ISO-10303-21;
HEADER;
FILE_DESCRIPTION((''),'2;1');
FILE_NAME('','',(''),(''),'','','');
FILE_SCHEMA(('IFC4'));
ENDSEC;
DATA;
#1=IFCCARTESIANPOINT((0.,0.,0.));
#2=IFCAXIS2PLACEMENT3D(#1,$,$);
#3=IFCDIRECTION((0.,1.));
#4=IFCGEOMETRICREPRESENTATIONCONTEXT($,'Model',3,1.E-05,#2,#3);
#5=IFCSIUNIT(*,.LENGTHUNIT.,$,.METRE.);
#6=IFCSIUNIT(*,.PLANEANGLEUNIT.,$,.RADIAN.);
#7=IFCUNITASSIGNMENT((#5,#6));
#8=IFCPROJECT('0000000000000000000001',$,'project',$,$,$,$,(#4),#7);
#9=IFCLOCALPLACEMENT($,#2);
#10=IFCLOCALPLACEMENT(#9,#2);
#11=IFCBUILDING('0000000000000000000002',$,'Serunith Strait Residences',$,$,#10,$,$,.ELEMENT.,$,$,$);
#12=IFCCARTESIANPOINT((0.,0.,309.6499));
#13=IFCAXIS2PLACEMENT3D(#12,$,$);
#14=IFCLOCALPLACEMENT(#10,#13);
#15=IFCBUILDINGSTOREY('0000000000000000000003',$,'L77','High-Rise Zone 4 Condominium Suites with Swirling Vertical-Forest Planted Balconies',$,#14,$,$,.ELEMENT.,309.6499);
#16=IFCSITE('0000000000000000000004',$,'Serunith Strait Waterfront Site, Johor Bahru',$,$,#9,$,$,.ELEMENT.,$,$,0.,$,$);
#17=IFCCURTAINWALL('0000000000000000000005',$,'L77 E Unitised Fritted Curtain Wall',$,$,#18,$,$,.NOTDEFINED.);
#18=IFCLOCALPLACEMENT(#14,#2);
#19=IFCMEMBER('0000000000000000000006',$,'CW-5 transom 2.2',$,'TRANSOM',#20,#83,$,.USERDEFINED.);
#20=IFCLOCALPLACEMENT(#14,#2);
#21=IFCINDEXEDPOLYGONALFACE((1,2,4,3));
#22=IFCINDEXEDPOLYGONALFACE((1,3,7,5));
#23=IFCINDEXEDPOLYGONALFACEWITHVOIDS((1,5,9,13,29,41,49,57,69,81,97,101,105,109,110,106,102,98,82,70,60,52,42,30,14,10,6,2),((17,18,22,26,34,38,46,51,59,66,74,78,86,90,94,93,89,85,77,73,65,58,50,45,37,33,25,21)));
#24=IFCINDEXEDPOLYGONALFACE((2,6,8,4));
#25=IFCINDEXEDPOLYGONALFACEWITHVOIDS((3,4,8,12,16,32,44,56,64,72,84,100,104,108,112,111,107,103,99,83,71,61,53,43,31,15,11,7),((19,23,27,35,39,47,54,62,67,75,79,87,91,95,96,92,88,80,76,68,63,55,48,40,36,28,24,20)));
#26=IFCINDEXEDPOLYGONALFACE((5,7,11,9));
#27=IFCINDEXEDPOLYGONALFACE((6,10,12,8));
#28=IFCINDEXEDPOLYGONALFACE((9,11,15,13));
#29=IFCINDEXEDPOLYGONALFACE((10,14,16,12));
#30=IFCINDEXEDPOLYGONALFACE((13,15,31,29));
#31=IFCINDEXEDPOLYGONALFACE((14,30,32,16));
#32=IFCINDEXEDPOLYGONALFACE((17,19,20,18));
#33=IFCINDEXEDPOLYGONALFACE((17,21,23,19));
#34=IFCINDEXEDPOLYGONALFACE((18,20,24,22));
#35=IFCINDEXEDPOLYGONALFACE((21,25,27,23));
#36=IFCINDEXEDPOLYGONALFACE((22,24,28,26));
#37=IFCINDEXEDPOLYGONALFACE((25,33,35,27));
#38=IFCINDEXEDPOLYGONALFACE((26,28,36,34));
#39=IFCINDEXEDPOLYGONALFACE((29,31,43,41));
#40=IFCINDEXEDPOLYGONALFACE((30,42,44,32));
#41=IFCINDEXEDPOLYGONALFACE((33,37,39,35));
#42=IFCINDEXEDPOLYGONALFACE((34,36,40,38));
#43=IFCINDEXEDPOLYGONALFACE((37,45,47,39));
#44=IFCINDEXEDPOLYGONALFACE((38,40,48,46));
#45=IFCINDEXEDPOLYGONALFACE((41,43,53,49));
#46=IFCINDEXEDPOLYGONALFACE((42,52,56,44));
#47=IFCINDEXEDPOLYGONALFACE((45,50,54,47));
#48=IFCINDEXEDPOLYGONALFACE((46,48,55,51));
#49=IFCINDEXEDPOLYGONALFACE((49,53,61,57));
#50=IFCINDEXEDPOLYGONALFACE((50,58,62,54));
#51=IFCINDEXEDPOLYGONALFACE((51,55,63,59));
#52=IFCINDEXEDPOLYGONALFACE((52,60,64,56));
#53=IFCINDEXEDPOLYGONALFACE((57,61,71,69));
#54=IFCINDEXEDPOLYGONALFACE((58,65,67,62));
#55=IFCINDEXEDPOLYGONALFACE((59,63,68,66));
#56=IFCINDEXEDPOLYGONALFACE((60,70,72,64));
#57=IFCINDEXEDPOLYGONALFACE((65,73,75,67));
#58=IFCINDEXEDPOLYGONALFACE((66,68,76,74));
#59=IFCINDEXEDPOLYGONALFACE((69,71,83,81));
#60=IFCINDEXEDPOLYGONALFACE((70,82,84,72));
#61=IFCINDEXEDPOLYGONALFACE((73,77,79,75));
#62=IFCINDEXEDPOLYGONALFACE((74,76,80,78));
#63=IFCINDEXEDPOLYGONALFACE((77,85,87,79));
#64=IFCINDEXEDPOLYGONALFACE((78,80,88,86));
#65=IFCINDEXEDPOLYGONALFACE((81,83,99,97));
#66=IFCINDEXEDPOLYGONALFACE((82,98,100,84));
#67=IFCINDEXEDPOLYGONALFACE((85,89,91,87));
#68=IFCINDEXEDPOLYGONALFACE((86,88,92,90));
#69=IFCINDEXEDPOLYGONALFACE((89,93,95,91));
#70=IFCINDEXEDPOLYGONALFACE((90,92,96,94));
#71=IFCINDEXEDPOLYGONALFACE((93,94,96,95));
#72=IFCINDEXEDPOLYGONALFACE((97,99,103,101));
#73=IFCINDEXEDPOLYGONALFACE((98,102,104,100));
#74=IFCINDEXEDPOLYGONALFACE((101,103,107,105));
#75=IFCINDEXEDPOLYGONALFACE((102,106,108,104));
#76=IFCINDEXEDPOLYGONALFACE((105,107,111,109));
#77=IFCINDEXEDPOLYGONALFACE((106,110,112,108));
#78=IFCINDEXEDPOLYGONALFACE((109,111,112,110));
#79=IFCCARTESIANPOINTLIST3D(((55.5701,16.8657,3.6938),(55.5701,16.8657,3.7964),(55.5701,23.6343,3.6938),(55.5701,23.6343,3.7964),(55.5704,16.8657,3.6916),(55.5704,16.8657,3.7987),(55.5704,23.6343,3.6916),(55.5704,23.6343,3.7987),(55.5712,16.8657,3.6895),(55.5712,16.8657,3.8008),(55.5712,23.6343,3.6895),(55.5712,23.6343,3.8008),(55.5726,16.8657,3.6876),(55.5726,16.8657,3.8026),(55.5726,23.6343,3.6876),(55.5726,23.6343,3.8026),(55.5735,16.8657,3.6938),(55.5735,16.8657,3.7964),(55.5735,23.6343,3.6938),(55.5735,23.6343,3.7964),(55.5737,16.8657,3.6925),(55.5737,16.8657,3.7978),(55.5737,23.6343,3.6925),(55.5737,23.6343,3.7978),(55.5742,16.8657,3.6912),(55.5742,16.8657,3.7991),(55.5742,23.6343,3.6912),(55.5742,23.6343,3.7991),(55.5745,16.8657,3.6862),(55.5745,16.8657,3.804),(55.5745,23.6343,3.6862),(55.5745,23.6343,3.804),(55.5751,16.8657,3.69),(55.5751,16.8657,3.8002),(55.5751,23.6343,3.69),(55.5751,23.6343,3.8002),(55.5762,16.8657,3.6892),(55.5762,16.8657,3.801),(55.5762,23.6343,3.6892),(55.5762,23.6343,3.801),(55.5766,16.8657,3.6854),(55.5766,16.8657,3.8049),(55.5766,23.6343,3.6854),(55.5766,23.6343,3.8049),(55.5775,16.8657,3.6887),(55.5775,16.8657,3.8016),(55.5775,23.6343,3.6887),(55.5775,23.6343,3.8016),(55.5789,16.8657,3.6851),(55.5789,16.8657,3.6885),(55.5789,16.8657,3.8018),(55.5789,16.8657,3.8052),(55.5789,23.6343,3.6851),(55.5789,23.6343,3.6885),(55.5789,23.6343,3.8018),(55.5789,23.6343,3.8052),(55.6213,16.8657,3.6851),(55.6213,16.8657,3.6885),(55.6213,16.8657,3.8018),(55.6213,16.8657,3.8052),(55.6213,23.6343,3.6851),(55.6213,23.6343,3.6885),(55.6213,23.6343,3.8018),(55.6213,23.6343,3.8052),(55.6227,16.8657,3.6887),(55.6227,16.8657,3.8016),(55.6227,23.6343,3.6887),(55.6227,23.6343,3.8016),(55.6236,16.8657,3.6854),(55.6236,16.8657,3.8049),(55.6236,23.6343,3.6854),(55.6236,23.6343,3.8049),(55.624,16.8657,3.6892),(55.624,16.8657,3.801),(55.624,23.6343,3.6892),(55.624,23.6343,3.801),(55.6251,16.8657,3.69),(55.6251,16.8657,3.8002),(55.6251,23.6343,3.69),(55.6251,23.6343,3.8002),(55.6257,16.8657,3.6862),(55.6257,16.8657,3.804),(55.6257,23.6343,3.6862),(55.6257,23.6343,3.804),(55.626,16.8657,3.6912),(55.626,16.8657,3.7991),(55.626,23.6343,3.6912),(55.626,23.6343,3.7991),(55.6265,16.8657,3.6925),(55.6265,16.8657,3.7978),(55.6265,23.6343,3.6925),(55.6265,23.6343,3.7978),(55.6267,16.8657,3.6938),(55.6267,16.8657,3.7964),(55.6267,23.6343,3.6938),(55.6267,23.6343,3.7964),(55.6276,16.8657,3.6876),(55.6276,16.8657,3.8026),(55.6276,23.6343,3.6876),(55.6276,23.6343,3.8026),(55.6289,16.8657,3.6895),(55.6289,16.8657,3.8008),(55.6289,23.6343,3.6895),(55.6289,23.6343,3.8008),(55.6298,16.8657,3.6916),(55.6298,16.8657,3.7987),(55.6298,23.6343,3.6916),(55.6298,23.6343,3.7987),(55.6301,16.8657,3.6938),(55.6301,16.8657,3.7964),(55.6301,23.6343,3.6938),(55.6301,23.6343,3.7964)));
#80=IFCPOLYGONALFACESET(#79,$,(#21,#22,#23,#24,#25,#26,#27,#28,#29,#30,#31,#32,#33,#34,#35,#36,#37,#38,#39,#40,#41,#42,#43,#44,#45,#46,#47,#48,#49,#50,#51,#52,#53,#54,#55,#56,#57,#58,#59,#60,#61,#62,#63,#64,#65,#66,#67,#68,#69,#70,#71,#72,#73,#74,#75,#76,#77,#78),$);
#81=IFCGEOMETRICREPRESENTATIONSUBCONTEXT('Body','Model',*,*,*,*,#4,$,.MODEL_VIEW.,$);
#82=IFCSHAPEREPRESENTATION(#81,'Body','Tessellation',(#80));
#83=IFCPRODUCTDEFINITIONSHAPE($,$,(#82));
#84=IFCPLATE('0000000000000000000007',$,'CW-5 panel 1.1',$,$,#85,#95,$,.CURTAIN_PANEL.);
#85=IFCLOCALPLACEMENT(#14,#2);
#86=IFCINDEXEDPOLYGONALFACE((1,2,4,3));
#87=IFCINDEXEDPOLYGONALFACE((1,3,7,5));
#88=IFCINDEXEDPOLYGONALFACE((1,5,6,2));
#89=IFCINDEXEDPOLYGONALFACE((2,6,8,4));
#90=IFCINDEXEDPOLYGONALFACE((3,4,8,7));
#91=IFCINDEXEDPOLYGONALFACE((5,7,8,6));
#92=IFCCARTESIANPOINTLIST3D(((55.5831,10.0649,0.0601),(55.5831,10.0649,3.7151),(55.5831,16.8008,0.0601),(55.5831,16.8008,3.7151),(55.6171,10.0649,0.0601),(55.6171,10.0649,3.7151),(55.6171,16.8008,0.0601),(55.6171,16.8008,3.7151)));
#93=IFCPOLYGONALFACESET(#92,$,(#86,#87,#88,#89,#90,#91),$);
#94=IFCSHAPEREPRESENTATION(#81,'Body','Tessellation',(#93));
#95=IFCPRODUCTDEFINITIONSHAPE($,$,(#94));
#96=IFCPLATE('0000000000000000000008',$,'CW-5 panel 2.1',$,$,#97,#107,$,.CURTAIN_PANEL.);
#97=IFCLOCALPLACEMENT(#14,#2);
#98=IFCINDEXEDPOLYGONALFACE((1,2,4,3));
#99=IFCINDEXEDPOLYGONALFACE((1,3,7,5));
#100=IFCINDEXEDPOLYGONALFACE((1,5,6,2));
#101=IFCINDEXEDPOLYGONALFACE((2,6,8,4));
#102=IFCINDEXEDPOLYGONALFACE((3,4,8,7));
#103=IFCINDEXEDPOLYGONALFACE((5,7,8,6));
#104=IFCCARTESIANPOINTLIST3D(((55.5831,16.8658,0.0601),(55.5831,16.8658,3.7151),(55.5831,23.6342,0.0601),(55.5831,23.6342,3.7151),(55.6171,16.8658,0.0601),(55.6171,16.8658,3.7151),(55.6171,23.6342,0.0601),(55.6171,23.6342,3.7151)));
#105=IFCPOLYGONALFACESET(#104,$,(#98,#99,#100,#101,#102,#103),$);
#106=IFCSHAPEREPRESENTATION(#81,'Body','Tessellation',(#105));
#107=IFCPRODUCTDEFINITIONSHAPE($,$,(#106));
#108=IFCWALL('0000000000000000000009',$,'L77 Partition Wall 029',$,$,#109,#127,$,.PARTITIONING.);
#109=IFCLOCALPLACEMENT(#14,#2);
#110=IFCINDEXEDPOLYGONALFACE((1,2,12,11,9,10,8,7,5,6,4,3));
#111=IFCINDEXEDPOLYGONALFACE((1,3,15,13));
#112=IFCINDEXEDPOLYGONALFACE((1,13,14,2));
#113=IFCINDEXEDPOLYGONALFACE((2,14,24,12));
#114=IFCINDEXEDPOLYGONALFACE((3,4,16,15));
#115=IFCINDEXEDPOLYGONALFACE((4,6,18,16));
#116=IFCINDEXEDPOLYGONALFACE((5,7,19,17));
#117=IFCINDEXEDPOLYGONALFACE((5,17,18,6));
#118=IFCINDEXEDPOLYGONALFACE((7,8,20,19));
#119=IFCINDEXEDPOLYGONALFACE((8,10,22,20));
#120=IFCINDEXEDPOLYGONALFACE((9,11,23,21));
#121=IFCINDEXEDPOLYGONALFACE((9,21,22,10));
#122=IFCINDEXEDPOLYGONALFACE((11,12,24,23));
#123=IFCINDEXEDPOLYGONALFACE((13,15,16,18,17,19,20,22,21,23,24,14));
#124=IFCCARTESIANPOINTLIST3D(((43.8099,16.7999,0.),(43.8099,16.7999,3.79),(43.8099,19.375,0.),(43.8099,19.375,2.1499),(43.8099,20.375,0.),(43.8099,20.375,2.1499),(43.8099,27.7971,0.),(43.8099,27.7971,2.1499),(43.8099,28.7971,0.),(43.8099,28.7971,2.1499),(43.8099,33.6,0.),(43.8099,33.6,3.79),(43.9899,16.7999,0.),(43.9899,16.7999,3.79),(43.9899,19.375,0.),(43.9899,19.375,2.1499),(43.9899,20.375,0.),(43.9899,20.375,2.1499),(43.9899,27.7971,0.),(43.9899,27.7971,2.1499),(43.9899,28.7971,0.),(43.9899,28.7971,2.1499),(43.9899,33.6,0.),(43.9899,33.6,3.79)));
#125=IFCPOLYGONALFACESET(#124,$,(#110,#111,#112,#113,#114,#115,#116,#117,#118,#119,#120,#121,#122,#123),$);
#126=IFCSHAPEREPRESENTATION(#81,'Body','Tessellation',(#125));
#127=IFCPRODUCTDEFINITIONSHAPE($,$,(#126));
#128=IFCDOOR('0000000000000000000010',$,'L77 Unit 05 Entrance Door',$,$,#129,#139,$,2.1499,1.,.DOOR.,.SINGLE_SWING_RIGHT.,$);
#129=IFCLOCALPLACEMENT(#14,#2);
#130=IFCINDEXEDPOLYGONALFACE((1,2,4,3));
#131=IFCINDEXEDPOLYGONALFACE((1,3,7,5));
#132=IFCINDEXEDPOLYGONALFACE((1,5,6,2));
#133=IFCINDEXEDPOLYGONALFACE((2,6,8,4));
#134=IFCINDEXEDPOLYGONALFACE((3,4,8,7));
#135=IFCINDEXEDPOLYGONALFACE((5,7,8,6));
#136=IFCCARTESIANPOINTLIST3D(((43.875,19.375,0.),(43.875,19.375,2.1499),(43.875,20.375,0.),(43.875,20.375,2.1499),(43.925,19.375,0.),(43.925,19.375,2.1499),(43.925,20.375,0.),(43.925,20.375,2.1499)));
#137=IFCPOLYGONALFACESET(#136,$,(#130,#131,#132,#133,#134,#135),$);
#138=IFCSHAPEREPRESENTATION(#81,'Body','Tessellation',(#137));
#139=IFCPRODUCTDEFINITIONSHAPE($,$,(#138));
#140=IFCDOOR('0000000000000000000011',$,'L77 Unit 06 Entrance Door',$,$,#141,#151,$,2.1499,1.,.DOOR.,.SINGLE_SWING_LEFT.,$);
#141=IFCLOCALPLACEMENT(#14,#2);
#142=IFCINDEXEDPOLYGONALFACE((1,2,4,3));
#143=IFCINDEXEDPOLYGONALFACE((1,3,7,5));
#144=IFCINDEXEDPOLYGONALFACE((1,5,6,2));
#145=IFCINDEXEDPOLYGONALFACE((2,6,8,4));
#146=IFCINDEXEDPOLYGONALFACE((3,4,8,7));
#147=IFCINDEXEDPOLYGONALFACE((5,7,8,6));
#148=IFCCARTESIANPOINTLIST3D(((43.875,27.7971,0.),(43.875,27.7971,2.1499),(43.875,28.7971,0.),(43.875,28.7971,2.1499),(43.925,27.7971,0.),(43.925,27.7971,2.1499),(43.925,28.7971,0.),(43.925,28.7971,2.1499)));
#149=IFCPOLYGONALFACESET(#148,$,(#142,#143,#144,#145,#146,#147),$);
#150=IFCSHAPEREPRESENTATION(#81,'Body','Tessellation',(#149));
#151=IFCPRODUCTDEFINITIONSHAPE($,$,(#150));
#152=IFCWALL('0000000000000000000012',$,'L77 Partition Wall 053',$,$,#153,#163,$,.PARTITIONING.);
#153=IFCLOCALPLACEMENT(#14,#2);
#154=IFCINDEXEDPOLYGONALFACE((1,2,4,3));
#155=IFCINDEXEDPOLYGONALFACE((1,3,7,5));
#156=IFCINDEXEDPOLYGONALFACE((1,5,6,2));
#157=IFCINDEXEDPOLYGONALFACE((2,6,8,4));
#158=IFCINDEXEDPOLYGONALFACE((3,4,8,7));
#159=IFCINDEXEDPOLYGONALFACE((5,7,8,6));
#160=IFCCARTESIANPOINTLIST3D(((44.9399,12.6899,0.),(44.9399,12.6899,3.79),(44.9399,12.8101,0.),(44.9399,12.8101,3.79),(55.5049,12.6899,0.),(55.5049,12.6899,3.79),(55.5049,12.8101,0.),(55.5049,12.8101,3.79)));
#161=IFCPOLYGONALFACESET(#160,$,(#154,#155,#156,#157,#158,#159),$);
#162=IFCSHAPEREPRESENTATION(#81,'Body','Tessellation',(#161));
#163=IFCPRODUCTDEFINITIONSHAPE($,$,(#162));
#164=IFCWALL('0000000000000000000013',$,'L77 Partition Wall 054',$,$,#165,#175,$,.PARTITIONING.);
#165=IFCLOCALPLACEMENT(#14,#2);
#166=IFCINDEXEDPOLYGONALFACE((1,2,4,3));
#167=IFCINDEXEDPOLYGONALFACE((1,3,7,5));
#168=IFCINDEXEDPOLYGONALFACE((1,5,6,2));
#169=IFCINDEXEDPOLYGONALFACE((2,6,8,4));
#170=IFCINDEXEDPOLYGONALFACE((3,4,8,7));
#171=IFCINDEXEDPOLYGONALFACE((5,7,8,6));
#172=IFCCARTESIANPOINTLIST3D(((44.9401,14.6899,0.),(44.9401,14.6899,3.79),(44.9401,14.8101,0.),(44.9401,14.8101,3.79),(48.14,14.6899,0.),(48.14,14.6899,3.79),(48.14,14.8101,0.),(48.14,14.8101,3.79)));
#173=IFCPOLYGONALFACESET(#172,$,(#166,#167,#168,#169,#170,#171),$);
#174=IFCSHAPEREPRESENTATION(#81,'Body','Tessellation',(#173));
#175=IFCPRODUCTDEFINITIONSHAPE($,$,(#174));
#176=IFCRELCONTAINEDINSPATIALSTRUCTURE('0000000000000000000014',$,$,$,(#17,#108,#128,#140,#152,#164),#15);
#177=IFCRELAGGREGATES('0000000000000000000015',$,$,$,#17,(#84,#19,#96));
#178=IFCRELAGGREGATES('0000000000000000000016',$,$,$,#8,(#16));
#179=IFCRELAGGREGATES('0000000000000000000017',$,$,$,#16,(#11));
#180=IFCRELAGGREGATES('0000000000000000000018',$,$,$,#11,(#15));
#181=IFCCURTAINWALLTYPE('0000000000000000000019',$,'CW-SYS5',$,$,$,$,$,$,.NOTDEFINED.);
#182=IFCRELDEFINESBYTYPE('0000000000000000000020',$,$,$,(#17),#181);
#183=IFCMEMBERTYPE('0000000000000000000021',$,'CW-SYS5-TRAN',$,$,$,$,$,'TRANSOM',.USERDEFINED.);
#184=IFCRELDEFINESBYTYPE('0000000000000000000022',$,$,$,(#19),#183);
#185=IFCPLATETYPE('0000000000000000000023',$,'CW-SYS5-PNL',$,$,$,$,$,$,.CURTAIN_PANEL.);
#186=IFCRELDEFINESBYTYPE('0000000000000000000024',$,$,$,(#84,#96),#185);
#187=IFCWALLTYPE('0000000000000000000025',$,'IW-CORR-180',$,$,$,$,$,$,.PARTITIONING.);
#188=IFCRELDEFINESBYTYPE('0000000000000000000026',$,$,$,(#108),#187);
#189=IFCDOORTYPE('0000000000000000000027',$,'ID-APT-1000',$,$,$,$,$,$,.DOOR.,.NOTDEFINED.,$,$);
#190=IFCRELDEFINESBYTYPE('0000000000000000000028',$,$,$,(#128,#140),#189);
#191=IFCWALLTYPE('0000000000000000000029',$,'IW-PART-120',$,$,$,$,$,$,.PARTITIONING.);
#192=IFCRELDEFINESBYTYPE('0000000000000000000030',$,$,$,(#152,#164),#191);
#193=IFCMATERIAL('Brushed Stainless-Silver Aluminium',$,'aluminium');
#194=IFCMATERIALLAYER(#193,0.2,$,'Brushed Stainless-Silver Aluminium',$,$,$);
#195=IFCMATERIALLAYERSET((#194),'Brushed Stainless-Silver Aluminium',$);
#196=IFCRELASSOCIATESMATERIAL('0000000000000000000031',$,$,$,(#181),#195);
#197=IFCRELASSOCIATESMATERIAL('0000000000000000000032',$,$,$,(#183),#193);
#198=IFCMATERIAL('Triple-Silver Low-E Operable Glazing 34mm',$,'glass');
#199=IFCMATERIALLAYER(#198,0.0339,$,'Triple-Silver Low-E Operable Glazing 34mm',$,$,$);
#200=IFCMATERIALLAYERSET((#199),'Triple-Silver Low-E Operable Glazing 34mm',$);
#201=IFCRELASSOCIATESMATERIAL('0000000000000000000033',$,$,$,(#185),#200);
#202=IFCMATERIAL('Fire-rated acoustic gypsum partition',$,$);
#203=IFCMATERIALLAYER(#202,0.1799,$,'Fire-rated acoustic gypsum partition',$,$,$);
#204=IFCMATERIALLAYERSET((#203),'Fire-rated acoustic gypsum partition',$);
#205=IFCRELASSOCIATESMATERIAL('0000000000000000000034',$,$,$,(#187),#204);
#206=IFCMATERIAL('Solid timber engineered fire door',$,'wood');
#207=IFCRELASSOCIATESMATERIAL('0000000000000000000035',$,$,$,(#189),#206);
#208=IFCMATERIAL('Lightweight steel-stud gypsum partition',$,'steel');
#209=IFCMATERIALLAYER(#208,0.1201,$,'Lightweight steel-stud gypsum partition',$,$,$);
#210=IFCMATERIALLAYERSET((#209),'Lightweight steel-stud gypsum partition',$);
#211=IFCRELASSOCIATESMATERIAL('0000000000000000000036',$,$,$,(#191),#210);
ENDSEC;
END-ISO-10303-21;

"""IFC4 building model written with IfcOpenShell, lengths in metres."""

from ifc_helpers import new_model, si_unit, direction, frame, frame_2d, origin, origin_2d, place, context, subcontext, project, spatial, rectangle, hollow_rectangle, extrude, source, transform, mapped, material, layer, layer_set, material_profile, profile_set, type_object, element, fill, aggregate, save


model = new_model("IFC4")

# Units and contexts
model_context = context("Model", 3, precision=1e-05, world=origin(), true_north=direction((0.0, 1.0)))
body_context = subcontext(model_context, "Body", "Model", "MODEL_VIEW")
ifc_project = project(units=[si_unit("LENGTHUNIT", "METRE"), si_unit("PLANEANGLEUNIT", "RADIAN")], contexts=[model_context])

# Site, building, storey
site_placement = place(None, origin())
site = spatial("IfcSite", under=ifc_project, at=site_placement, Name="Serunith Strait Waterfront Site, Johor Bahru", CompositionType="ELEMENT", RefElevation=0.0)
building_placement = place(site_placement, origin())
building = spatial("IfcBuilding", under=site, at=building_placement, Name="Serunith Strait Residences", CompositionType="ELEMENT")
storey_placement = place(building_placement, frame((0.0, 0.0, 309.6499)))
storey = spatial("IfcBuildingStorey", under=building, at=storey_placement, Name="L77", Description="High-Rise Zone 4 Condominium Suites with Swirling Vertical-Forest Planted Balconies", CompositionType="ELEMENT", Elevation=309.6499)

# Curtain wall, member, plates
ifc_material_1 = material(Name="Brushed Stainless-Silver Aluminium", Category="aluminium")
ifc_layer_1 = layer(ifc_material_1, 0.2, Name="Brushed Stainless-Silver Aluminium")
ifc_layer_set_1 = layer_set([ifc_layer_1], Name="Brushed Stainless-Silver Aluminium")
curtain_wall_type = type_object("IfcCurtainWallType", Name="CW-SYS5", PredefinedType="NOTDEFINED", material=ifc_layer_set_1)
curtain_wall_placement = place(storey_placement, origin())
curtain_wall = element("IfcCurtainWall", 1, at=curtain_wall_placement, inside=storey, type_object=curtain_wall_type, Name="L77 E Unitised Fritted Curtain Wall", PredefinedType="NOTDEFINED")
ifc_material_profile_1 = material_profile(ifc_material_1, hollow_rectangle(XDim=0.0601, YDim=0.1201, WallThickness=0.0034, InnerFilletRadius=0.0054, OuterFilletRadius=0.0088, at=origin_2d()), Name="ALU 120x60x3.5")
ifc_profile_set_1 = profile_set([ifc_material_profile_1], Name="Brushed Stainless-Silver Aluminium")
member_type_1 = type_object("IfcMemberType", Name="CW-SYS5-TRAN", ElementType="TRANSOM", PredefinedType="USERDEFINED", material=ifc_profile_set_1)
shared_shape_1 = source(origin(), body_context, "Body", "SweptSolid", [
    extrude(hollow_rectangle(XDim=0.0601, YDim=0.1201, WallThickness=0.0034, InnerFilletRadius=0.0054, OuterFilletRadius=0.0088, at=origin_2d()), origin(), (0.0, 0.0, 1.0), 6.7686),
])
member_1_placement = place(storey_placement, frame((55.6001, 16.8657, 3.7451), z_axis=(0.0, 1.0, 0.0), x_axis=(-1.0, 0.0, 0.0)))
member_1 = element("IfcMember", 2, at=member_1_placement, type_object=member_type_1, Name="CW-5 transom 2.2", ObjectType="TRANSOM", PredefinedType="USERDEFINED", context=body_context, shape_type="MappedRepresentation", body=[
    mapped(shared_shape_1, transform((0.0, 0.0, 0.0), scale=1.0)),
])
ifc_material_2 = material(Name="Triple-Silver Low-E Operable Glazing 34mm", Category="glass")
ifc_layer_2 = layer(ifc_material_2, 0.0339, Name="Triple-Silver Low-E Operable Glazing 34mm")
ifc_layer_set_2 = layer_set([ifc_layer_2], Name="Triple-Silver Low-E Operable Glazing 34mm")
plate_type = type_object("IfcPlateType", Name="CW-SYS5-PNL", PredefinedType="CURTAIN_PANEL", material=ifc_layer_set_2)
shared_shape_2 = source(origin(), body_context, "Body", "SweptSolid", [
    extrude(rectangle(XDim=6.7358, YDim=0.0339, at=origin_2d()), origin(), (0.0, 0.0, 1.0), 3.655),
])
plate_1_placement = place(storey_placement, frame((55.6001, 13.4329, 0.0601), z_axis=(0.0, 0.0, 1.0), x_axis=(0.0, 1.0, 0.0)))
plate_1 = element("IfcPlate", 3, at=plate_1_placement, type_object=plate_type, Name="CW-5 panel 1.1", PredefinedType="CURTAIN_PANEL", context=body_context, shape_type="MappedRepresentation", body=[
    mapped(shared_shape_2, transform((0.0, 0.0, 0.0), scale=1.0)),
])
shared_shape_3 = source(origin(), body_context, "Body", "SweptSolid", [
    extrude(rectangle(XDim=6.7683, YDim=0.0339, at=origin_2d()), origin(), (0.0, 0.0, 1.0), 3.655),
])
plate_2_placement = place(storey_placement, frame((55.6001, 20.25, 0.0601), z_axis=(0.0, 0.0, 1.0), x_axis=(0.0, 1.0, 0.0)))
plate_2 = element("IfcPlate", 4, at=plate_2_placement, type_object=plate_type, Name="CW-5 panel 2.1", PredefinedType="CURTAIN_PANEL", context=body_context, shape_type="MappedRepresentation", body=[
    mapped(shared_shape_3, transform((0.0, 0.0, 0.0), scale=1.0)),
])
aggregate(curtain_wall, [plate_1, member_1, plate_2])

# Wall, openings, doors
ifc_material_3 = material(Name="Fire-rated acoustic gypsum partition")
ifc_layer_3 = layer(ifc_material_3, 0.1799, Name="Fire-rated acoustic gypsum partition")
ifc_layer_set_3 = layer_set([ifc_layer_3], Name="Fire-rated acoustic gypsum partition")
wall_type_1 = type_object("IfcWallType", Name="IW-CORR-180", PredefinedType="PARTITIONING", material=ifc_layer_set_3)
wall_1_placement = place(storey_placement, frame((43.8999, 16.8, 0.0), z_axis=(0.0, 0.0, 1.0), x_axis=(0.0, 1.0, 0.0)))
wall_1 = element("IfcWall", 5, at=wall_1_placement, inside=storey, type_object=wall_type_1, Name="L77 Partition Wall 029", PredefinedType="PARTITIONING", context=body_context, shape_type="SweptSolid", body=[
    extrude(rectangle(XDim=16.8, YDim=0.1799, at=frame_2d((8.3999, 0.0))), origin(), (0.0, 0.0, 1.0), 3.79),
])
opening_1_placement = place(wall_1_placement, frame((2.575, 0.0, 0.0)))
opening_1 = element("IfcOpeningElement", 6, at=opening_1_placement, cuts=wall_1, PredefinedType="OPENING", context=body_context, shape_type="SweptSolid", body=[
    extrude(rectangle(XDim=1.0, YDim=2.1499, at=frame_2d((0.5, 1.075))), frame((0.0, 0.1001, 0.0), z_axis=(0.0, -1.0, 0.0), x_axis=(1.0, 0.0, 0.0)), (0.0, 0.0, 1.0), 0.2),
])
opening_2_placement = place(wall_1_placement, frame((10.9971, 0.0, 0.0)))
opening_2 = element("IfcOpeningElement", 7, at=opening_2_placement, cuts=wall_1, PredefinedType="OPENING", context=body_context, shape_type="SweptSolid", body=[
    extrude(rectangle(XDim=1.0, YDim=2.1499, at=frame_2d((0.5, 1.075))), frame((0.0, 0.1001, 0.0), z_axis=(0.0, -1.0, 0.0), x_axis=(1.0, 0.0, 0.0)), (0.0, 0.0, 1.0), 0.2),
])
ifc_material_4 = material(Name="Solid timber engineered fire door", Category="wood")
door_type_1 = type_object("IfcDoorType", Name="ID-APT-1000", OperationType="NOTDEFINED", PredefinedType="DOOR", material=ifc_material_4)
shared_shape_4 = source(origin(), body_context, "Body", "SweptSolid", [
    extrude(rectangle(XDim=1.0, YDim=2.1499, at=frame_2d((0.5, 1.075))), frame((0.0, 0.0249, 0.0), z_axis=(0.0, -1.0, 0.0), x_axis=(1.0, 0.0, 0.0)), (0.0, 0.0, 1.0), 0.05),
])
door_1_placement = place(opening_1_placement, origin())
door_1 = element("IfcDoor", 8, at=door_1_placement, inside=storey, type_object=door_type_1, Name="L77 Unit 05 Entrance Door", OperationType="SINGLE_SWING_RIGHT", OverallHeight=2.1499, OverallWidth=1.0, PredefinedType="DOOR", context=body_context, shape_type="MappedRepresentation", body=[
    mapped(shared_shape_4, transform((0.0, 0.0, 0.0), scale=1.0)),
])
fill(opening_1, door_1)
door_2_placement = place(opening_2_placement, origin())
door_2 = element("IfcDoor", 9, at=door_2_placement, inside=storey, type_object=door_type_1, Name="L77 Unit 06 Entrance Door", OperationType="SINGLE_SWING_LEFT", OverallHeight=2.1499, OverallWidth=1.0, PredefinedType="DOOR", context=body_context, shape_type="MappedRepresentation", body=[
    mapped(shared_shape_4, transform((0.0, 0.0, 0.0), scale=1.0)),
])
fill(opening_2, door_2)

# Walls
ifc_material_5 = material(Name="Lightweight steel-stud gypsum partition", Category="steel")
ifc_layer_4 = layer(ifc_material_5, 0.1201, Name="Lightweight steel-stud gypsum partition")
ifc_layer_set_4 = layer_set([ifc_layer_4], Name="Lightweight steel-stud gypsum partition")
wall_type_2 = type_object("IfcWallType", Name="IW-PART-120", PredefinedType="PARTITIONING", material=ifc_layer_set_4)
wall_2_placement = place(storey_placement, frame((44.9399, 12.75, 0.0), z_axis=(0.0, 0.0, 1.0), x_axis=(1.0, 0.0, 0.0)))
element("IfcWall", 10, at=wall_2_placement, inside=storey, type_object=wall_type_2, Name="L77 Partition Wall 053", PredefinedType="PARTITIONING", context=body_context, shape_type="SweptSolid", body=[
    extrude(rectangle(XDim=10.5649, YDim=0.1201, at=frame_2d((5.2825, 0.0))), origin(), (0.0, 0.0, 1.0), 3.79),
])
wall_3_placement = place(storey_placement, frame((44.9399, 14.75, 0.0), z_axis=(0.0, 0.0, 1.0), x_axis=(1.0, 0.0, 0.0)))
element("IfcWall", 11, at=wall_3_placement, inside=storey, type_object=wall_type_2, Name="L77 Partition Wall 054", PredefinedType="PARTITIONING", context=body_context, shape_type="SweptSolid", body=[
    extrude(rectangle(XDim=3.2, YDim=0.1201, at=frame_2d((1.6001, 0.0))), origin(), (0.0, 0.0, 1.0), 3.79),
])

save(model, "model.ifc")
